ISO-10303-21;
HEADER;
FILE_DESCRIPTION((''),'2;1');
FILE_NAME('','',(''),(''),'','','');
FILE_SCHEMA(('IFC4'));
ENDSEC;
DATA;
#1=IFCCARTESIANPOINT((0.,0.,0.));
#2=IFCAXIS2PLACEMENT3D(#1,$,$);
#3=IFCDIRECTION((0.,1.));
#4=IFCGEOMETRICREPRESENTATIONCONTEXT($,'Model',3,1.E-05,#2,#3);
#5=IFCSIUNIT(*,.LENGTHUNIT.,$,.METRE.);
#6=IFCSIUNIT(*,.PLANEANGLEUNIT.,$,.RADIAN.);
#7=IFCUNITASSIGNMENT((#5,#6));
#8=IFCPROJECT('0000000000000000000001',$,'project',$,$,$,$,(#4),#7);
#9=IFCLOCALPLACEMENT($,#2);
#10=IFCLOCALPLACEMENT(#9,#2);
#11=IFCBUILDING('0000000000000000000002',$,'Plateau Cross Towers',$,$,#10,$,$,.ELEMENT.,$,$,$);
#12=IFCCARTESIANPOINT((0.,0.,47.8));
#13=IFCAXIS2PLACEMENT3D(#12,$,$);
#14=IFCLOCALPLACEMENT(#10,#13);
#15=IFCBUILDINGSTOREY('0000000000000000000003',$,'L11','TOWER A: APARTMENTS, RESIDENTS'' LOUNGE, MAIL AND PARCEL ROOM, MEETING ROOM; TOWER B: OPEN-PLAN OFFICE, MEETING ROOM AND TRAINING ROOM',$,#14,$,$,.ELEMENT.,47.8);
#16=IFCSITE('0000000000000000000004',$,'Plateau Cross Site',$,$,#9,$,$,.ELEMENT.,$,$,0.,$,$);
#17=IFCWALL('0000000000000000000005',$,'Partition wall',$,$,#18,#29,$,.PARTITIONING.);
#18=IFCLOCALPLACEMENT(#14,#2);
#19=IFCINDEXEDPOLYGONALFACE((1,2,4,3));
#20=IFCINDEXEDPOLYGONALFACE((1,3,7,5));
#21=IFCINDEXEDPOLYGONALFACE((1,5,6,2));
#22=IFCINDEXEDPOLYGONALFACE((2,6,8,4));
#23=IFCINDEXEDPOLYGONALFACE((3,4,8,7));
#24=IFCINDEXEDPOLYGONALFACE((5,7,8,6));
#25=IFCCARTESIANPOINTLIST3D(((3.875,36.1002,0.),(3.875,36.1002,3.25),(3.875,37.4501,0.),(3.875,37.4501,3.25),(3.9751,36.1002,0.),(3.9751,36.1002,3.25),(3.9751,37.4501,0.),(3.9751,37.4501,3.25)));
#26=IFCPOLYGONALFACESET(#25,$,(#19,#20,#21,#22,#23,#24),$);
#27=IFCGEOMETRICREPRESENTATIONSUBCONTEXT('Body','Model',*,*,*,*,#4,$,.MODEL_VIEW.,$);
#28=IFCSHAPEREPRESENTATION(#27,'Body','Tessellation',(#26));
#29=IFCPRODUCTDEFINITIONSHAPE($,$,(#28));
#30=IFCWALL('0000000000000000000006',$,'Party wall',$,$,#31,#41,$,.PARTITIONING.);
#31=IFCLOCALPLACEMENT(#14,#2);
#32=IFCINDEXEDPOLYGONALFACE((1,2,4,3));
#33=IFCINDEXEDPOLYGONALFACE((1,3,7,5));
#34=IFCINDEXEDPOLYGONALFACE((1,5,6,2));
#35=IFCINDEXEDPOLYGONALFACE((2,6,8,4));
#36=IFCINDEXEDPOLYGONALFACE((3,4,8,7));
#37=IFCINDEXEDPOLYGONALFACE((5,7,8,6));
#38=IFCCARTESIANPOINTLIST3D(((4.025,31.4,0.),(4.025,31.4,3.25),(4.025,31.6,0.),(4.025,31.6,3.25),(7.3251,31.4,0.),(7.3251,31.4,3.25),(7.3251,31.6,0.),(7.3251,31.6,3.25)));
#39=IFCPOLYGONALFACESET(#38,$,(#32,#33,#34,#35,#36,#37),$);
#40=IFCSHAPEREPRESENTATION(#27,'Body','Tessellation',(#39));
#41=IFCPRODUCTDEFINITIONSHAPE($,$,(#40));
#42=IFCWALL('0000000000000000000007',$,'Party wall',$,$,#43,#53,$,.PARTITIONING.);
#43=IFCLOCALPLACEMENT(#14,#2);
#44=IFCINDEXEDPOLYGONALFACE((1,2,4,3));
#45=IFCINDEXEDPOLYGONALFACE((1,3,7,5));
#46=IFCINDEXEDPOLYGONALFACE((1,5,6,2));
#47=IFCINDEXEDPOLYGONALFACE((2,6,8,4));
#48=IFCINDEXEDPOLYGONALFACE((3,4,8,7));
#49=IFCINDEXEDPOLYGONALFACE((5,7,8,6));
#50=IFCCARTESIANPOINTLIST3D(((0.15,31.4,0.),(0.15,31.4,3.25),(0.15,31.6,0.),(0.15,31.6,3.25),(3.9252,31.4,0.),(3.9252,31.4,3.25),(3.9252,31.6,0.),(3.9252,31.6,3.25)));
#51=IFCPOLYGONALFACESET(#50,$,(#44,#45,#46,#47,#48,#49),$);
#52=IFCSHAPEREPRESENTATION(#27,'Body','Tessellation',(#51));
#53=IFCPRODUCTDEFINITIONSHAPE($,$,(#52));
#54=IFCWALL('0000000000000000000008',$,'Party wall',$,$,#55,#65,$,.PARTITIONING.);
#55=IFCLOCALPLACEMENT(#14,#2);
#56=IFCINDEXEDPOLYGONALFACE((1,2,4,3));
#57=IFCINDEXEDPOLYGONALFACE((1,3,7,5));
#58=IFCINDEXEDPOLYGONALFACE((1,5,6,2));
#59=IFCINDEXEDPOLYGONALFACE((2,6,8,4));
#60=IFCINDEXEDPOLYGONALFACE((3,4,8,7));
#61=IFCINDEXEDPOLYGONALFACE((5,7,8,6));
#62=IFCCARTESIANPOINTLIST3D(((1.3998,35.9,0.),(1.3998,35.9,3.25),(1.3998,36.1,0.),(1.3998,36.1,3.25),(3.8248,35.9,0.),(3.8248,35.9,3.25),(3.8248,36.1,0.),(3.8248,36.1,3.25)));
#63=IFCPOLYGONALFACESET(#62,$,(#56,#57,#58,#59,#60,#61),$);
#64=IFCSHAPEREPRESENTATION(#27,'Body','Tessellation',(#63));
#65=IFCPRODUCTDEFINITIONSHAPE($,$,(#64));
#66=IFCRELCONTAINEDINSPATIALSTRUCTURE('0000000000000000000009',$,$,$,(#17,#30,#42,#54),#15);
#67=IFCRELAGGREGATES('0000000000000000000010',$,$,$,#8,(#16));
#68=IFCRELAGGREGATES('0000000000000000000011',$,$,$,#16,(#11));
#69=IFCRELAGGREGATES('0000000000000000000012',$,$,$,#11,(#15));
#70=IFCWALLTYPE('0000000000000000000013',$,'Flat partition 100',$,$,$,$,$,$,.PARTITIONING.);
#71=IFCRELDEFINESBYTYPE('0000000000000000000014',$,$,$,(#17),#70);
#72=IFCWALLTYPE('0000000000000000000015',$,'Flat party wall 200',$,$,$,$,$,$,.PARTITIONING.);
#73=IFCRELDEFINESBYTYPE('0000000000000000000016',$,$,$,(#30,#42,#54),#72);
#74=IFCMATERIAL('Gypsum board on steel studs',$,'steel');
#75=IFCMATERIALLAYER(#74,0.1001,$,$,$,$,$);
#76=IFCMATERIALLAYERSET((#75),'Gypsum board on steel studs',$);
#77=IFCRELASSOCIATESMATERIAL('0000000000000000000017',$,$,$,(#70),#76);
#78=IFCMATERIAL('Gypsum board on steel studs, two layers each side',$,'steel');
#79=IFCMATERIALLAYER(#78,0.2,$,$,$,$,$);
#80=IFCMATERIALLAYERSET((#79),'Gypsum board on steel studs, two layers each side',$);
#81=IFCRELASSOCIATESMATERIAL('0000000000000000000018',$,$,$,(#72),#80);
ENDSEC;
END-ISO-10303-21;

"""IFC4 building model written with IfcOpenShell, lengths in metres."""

from ifc_helpers import new_model, si_unit, direction, frame, frame_2d, origin, place, context, subcontext, project, spatial, rectangle, extrude, material, layer, layer_set, type_object, element, save


model = new_model("IFC4")

# Units and contexts
model_context = context("Model", 3, precision=1e-05, world=origin(), true_north=direction((0.0, 1.0)))
body_context = subcontext(model_context, "Body", "Model", "MODEL_VIEW")
ifc_project = project(units=[si_unit("LENGTHUNIT", "METRE"), si_unit("PLANEANGLEUNIT", "RADIAN")], contexts=[model_context])

# Site, building, storey
site_placement = place(None, origin())
site = spatial("IfcSite", under=ifc_project, at=site_placement, Name="Plateau Cross Site", CompositionType="ELEMENT", RefElevation=0.0)
building_placement = place(site_placement, origin())
building = spatial("IfcBuilding", under=site, at=building_placement, Name="Plateau Cross Towers", CompositionType="ELEMENT")
storey_placement = place(building_placement, frame((0.0, 0.0, 47.8)))
storey = spatial("IfcBuildingStorey", under=building, at=storey_placement, Name="L11", Description="TOWER A: APARTMENTS, RESIDENTS' LOUNGE, MAIL AND PARCEL ROOM, MEETING ROOM; TOWER B: OPEN-PLAN OFFICE, MEETING ROOM AND TRAINING ROOM", CompositionType="ELEMENT", Elevation=47.8)

# Shared definitions
ifc_material_1 = material(Name="Gypsum board on steel studs", Category="steel")
ifc_layer_1 = layer(ifc_material_1, 0.1001)
ifc_layer_set_1 = layer_set([ifc_layer_1], Name="Gypsum board on steel studs")
wall_type_1 = type_object("IfcWallType", Name="Flat partition 100", PredefinedType="PARTITIONING", material=ifc_layer_set_1)

# Walls
for number, where, z_axis, x_axis, name in (
    (1, (3.925, 37.45, 0.0), (0.0, 0.0, 1.0), (0.0, -1.0, 0.0), "Partition wall"),
):
    element("IfcWall", number, at=place(storey_placement, frame(where, z_axis=z_axis, x_axis=x_axis)), inside=storey, type_object=wall_type_1, Name=name, PredefinedType="PARTITIONING", context=body_context, shape_type="SweptSolid", body=[
        extrude(rectangle(XDim=1.3499, YDim=0.1001, at=frame_2d((0.6748, 0.0))), origin(), (0.0, 0.0, 1.0), 3.25),
    ])
ifc_material_2 = material(Name="Gypsum board on steel studs, two layers each side", Category="steel")
ifc_layer_2 = layer(ifc_material_2, 0.2)
ifc_layer_set_2 = layer_set([ifc_layer_2], Name="Gypsum board on steel studs, two layers each side")
wall_type_2 = type_object("IfcWallType", Name="Flat party wall 200", PredefinedType="PARTITIONING", material=ifc_layer_set_2)
wall_1_placement = place(storey_placement, frame((7.325, 31.5, 0.0), z_axis=(0.0, 0.0, 1.0), x_axis=(-1.0, 0.0, 0.0)))
element("IfcWall", 2, at=wall_1_placement, inside=storey, type_object=wall_type_2, Name="Party wall", PredefinedType="PARTITIONING", context=body_context, shape_type="SweptSolid", body=[
    extrude(rectangle(XDim=3.3, YDim=0.2, at=frame_2d((1.6499, 0.0))), origin(), (0.0, 0.0, 1.0), 3.25),
])
wall_2_placement = place(storey_placement, frame((0.1499, 31.5, 0.0), z_axis=(0.0, 0.0, 1.0), x_axis=(1.0, 0.0, 0.0)))
element("IfcWall", 3, at=wall_2_placement, inside=storey, type_object=wall_type_2, Name="Party wall", PredefinedType="PARTITIONING", context=body_context, shape_type="SweptSolid", body=[
    extrude(rectangle(XDim=3.7751, YDim=0.2, at=frame_2d((1.8877, 0.0))), origin(), (0.0, 0.0, 1.0), 3.25),
])
wall_3_placement = place(storey_placement, frame((1.3999, 36.0, 0.0), z_axis=(0.0, 0.0, 1.0), x_axis=(1.0, 0.0, 0.0)))
element("IfcWall", 4, at=wall_3_placement, inside=storey, type_object=wall_type_2, Name="Party wall", PredefinedType="PARTITIONING", context=body_context, shape_type="SweptSolid", body=[
    extrude(rectangle(XDim=2.425, YDim=0.2, at=frame_2d((1.2124, 0.0))), origin(), (0.0, 0.0, 1.0), 3.25),
])

save(model, "model.ifc")
